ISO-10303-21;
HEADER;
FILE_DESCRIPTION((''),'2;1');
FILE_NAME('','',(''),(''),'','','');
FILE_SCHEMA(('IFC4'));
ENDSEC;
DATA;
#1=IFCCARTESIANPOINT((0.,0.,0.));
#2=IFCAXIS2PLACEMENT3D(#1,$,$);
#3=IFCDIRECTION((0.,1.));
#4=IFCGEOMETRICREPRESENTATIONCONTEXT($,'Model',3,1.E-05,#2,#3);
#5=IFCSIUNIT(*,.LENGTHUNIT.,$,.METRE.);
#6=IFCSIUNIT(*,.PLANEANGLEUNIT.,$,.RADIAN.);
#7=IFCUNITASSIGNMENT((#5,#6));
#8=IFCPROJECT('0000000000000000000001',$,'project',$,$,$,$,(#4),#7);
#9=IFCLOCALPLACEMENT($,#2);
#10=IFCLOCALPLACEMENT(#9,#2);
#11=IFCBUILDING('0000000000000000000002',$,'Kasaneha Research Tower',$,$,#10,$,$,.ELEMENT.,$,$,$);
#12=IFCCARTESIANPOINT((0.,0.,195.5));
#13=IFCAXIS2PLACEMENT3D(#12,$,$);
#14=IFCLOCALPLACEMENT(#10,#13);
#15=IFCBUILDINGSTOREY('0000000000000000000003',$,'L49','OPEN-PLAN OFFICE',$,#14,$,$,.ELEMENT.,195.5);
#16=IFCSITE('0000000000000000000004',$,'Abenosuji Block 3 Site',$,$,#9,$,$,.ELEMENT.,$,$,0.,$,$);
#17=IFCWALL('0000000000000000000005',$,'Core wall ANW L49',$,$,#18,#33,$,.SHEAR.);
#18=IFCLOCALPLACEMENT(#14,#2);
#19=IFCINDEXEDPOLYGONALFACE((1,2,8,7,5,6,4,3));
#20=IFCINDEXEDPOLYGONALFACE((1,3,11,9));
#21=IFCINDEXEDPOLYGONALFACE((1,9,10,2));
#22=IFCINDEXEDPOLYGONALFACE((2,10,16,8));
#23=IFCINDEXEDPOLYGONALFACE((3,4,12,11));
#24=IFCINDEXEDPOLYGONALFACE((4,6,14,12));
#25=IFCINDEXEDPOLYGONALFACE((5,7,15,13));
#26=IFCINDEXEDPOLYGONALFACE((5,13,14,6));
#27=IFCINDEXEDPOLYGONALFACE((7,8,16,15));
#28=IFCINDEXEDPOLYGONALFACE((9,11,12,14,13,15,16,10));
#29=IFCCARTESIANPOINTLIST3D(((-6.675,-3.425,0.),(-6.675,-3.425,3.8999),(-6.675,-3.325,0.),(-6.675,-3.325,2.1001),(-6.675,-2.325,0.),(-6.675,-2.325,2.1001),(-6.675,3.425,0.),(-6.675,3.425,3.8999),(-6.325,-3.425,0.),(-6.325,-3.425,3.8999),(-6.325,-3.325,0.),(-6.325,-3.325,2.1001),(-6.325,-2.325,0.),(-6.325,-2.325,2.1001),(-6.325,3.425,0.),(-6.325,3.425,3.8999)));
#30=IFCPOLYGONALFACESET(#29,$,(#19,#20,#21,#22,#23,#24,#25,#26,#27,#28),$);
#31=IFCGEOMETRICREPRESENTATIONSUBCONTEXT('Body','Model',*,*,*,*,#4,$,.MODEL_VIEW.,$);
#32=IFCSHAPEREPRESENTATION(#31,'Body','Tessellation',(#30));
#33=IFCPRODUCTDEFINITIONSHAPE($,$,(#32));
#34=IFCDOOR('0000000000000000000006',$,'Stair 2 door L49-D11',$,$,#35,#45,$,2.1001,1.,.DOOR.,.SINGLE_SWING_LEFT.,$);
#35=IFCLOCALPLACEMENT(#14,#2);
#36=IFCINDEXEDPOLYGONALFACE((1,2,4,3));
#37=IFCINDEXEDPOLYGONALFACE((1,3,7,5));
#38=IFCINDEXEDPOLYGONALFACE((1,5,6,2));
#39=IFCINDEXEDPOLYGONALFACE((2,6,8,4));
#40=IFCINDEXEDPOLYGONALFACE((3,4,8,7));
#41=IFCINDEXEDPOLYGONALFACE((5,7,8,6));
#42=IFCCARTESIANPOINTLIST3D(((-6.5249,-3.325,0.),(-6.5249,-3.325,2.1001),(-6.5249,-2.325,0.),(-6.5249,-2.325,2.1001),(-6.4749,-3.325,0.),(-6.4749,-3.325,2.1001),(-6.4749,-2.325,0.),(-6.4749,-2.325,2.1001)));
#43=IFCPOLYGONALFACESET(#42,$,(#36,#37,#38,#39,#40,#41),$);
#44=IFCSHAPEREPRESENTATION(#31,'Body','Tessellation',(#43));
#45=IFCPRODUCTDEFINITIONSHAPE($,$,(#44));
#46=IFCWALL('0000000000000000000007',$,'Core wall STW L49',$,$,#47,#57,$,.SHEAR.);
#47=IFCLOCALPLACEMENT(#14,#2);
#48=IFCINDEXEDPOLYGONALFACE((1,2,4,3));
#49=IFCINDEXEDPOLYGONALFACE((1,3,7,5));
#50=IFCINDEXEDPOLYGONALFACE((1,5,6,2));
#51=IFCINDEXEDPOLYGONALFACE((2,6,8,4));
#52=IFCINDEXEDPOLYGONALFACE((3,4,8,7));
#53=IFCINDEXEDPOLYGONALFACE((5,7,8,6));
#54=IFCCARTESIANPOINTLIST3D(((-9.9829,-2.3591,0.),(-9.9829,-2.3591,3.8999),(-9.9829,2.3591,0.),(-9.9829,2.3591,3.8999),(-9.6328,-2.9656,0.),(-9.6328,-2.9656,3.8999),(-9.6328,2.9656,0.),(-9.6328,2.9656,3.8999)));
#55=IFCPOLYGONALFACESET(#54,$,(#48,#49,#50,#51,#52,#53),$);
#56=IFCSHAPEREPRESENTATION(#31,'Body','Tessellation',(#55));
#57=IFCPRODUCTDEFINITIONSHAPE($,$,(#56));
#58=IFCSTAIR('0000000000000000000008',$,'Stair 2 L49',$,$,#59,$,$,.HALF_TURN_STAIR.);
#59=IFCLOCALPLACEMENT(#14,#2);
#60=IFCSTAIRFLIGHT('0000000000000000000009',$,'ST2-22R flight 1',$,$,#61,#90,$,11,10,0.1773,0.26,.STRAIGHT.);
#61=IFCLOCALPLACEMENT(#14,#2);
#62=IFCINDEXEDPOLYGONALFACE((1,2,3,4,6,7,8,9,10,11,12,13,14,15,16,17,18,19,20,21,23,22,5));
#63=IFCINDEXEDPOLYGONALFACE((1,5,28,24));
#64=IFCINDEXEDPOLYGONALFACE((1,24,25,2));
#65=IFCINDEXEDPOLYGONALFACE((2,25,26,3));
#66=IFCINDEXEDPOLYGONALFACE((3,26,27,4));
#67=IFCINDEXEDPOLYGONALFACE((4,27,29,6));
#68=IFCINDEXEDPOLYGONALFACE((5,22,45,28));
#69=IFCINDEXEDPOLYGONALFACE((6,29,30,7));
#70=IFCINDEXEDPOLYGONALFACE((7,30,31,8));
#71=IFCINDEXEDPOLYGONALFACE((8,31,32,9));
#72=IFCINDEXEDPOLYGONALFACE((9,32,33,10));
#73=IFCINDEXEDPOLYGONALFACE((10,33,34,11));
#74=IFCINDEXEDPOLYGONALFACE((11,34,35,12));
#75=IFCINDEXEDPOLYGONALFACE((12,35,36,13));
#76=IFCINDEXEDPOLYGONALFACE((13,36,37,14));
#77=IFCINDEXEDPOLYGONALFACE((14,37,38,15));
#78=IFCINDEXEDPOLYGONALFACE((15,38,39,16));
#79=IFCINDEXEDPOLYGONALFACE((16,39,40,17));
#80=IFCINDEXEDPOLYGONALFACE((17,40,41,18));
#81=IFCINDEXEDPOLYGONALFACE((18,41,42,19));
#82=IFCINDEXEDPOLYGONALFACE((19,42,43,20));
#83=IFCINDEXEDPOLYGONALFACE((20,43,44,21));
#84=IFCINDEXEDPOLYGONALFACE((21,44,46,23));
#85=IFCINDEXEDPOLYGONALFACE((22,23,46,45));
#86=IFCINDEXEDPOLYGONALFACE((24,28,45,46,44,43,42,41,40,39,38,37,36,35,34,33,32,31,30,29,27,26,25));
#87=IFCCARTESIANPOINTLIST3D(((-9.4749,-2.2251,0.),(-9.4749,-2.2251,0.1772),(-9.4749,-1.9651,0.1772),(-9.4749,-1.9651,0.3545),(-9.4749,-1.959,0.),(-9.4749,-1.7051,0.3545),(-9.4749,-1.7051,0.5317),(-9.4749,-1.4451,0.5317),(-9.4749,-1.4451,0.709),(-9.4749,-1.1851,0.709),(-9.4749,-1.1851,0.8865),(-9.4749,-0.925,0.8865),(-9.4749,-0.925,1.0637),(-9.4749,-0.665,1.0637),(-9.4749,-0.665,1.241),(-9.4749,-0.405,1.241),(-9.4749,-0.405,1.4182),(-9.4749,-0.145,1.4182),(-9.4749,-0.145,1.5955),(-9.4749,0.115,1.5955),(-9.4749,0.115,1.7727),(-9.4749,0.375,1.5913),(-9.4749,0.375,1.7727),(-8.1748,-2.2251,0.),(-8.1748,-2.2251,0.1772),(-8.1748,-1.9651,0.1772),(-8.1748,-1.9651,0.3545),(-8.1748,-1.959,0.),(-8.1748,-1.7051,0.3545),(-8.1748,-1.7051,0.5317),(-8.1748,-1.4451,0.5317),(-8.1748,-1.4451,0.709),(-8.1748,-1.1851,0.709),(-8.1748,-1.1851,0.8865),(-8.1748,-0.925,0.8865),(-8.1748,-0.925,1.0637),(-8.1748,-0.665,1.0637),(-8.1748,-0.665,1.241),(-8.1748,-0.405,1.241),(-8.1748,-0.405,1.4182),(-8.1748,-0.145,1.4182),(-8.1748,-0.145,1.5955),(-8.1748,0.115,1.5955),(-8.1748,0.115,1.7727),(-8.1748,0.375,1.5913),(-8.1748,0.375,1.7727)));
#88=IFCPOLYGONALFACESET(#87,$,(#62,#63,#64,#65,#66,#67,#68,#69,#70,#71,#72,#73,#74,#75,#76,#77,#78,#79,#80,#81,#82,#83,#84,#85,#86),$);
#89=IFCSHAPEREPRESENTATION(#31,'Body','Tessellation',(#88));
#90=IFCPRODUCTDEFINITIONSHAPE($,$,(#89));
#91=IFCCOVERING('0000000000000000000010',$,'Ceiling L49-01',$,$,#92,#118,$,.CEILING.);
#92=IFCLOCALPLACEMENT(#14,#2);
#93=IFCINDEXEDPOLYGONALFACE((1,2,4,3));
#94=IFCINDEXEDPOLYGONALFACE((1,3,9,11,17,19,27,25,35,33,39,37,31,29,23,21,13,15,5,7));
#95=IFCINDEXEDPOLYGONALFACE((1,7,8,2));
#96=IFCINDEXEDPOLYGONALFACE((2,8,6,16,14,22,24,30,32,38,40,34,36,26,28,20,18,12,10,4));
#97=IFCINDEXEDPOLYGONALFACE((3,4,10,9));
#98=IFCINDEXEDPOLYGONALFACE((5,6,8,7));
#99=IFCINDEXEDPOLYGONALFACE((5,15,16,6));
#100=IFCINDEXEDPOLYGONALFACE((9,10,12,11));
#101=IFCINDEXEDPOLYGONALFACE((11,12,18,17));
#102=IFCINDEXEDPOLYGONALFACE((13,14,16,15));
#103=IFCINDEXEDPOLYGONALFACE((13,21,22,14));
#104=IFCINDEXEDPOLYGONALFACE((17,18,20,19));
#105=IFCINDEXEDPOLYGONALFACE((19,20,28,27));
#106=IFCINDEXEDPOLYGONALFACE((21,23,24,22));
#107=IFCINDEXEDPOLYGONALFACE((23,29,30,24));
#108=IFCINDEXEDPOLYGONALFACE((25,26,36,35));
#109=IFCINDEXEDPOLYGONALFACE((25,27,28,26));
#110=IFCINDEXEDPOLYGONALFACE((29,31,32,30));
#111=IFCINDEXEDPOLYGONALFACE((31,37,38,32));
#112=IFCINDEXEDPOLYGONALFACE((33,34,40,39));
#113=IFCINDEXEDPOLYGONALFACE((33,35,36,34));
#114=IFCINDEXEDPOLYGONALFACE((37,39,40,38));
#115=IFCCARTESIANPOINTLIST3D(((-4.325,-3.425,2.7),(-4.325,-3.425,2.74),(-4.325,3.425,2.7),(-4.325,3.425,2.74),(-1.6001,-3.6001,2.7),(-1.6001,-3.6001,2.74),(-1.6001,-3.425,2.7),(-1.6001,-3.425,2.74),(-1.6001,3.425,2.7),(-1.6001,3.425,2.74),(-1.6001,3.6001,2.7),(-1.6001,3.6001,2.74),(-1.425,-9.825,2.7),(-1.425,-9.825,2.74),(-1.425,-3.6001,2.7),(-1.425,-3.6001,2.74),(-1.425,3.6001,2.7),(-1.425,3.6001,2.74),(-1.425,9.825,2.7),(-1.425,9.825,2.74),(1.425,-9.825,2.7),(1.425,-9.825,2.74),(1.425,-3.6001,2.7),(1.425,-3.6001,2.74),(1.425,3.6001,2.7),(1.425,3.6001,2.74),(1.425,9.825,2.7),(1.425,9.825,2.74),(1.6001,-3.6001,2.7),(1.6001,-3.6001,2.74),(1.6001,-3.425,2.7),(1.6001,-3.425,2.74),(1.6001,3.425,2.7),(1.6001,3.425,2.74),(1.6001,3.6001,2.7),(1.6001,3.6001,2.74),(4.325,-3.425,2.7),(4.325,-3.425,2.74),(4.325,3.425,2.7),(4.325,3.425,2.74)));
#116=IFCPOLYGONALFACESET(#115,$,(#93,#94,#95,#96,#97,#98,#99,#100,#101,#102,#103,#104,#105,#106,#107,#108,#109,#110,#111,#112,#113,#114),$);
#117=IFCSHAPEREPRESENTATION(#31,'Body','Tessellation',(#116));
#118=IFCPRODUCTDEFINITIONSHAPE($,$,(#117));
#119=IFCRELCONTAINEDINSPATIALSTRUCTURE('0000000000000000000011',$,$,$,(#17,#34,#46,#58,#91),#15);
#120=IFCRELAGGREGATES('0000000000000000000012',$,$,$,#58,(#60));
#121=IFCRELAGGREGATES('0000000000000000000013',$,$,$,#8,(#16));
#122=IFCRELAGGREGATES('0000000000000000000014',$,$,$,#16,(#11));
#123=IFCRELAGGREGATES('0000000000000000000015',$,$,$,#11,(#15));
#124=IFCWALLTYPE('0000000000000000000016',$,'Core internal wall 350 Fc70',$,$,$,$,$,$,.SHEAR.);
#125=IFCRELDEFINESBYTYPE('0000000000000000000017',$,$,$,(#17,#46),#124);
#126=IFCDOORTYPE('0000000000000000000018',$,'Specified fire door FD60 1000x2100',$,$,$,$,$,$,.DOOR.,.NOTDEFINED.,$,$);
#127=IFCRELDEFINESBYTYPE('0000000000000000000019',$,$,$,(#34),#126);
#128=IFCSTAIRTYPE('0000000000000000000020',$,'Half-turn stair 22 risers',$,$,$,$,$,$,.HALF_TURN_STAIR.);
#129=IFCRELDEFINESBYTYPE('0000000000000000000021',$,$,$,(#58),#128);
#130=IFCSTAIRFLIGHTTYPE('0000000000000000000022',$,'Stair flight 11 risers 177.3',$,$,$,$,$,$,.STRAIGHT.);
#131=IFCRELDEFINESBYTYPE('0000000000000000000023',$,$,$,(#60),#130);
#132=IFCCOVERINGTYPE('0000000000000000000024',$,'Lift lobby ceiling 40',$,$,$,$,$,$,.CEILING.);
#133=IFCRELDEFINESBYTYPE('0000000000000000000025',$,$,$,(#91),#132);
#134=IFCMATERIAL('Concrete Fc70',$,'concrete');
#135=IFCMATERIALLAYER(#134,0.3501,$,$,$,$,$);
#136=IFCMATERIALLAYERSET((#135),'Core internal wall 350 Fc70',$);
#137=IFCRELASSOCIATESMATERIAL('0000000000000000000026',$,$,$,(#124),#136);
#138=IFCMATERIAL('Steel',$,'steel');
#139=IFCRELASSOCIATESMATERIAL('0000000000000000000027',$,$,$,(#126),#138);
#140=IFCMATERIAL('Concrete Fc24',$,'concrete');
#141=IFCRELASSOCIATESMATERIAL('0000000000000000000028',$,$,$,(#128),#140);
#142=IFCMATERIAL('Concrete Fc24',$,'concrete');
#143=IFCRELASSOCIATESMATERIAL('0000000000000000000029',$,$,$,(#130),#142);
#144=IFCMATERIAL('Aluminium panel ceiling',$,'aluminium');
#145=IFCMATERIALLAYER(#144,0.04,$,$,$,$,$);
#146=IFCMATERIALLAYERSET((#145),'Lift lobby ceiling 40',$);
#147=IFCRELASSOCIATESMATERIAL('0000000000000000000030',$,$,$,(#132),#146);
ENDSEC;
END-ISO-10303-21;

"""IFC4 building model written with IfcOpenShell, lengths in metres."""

from ifc_helpers import new_model, si_unit, direction, frame, frame_2d, origin, place, context, subcontext, project, spatial, polyline, rectangle, outline, extrude, material, layer, layer_set, type_object, element, fill, aggregate, save


model = new_model("IFC4")

# Units and contexts
model_context = context("Model", 3, precision=1e-05, world=origin(), true_north=direction((0.0, 1.0)))
body_context = subcontext(model_context, "Body", "Model", "MODEL_VIEW")
ifc_project = project(units=[si_unit("LENGTHUNIT", "METRE"), si_unit("PLANEANGLEUNIT", "RADIAN")], contexts=[model_context])

# Site, building, storey
site_placement = place(None, origin())
site = spatial("IfcSite", under=ifc_project, at=site_placement, Name="Abenosuji Block 3 Site", CompositionType="ELEMENT", RefElevation=0.0)
building_placement = place(site_placement, origin())
building = spatial("IfcBuilding", under=site, at=building_placement, Name="Kasaneha Research Tower", CompositionType="ELEMENT")
storey_placement = place(building_placement, frame((0.0, 0.0, 195.5)))
storey = spatial("IfcBuildingStorey", under=building, at=storey_placement, Name="L49", Description="OPEN-PLAN OFFICE", CompositionType="ELEMENT", Elevation=195.5)

# Shared definitions
ifc_material_1 = material(Name="Concrete Fc70", Category="concrete")
ifc_layer_1 = layer(ifc_material_1, 0.3501)
ifc_layer_set_1 = layer_set([ifc_layer_1], Name="Core internal wall 350 Fc70")
wall_type = type_object("IfcWallType", Name="Core internal wall 350 Fc70", PredefinedType="SHEAR", material=ifc_layer_set_1)

# Wall, opening, door
ifc_material_2 = material(Name="Steel", Category="steel")
door_type_1 = type_object("IfcDoorType", Name="Specified fire door FD60 1000x2100", OperationType="NOTDEFINED", PredefinedType="DOOR", material=ifc_material_2)
wall_1_placement = place(storey_placement, frame((-6.5, -3.425, 0.0), z_axis=(0.0, 0.0, 1.0), x_axis=(0.0, 1.0, 0.0)))
wall_1 = element("IfcWall", 1, at=wall_1_placement, inside=storey, type_object=wall_type, Name="Core wall ANW L49", PredefinedType="SHEAR", context=body_context, shape_type="SweptSolid", body=[
    extrude(rectangle(XDim=6.8501, YDim=0.3501, at=frame_2d((3.425, 0.0))), origin(), (0.0, 0.0, 1.0), 3.8999),
])
opening_1_placement = place(wall_1_placement, frame((0.1001, 0.0, 0.0)))
opening_1 = element("IfcOpeningElement", 2, at=opening_1_placement, cuts=wall_1, PredefinedType="OPENING", context=body_context, shape_type="SweptSolid", body=[
    extrude(rectangle(XDim=1.0, YDim=2.1001, at=frame_2d((0.5, 1.05))), frame((0.0, 0.1851, 0.0), z_axis=(0.0, -1.0, 0.0), x_axis=(1.0, 0.0, 0.0)), (0.0, 0.0, 1.0), 0.3701),
])
door_1_placement = place(opening_1_placement, origin())
door_1 = element("IfcDoor", 3, at=door_1_placement, inside=storey, type_object=door_type_1, Name="Stair 2 door L49-D11", OperationType="SINGLE_SWING_LEFT", OverallHeight=2.1001, OverallWidth=1.0, PredefinedType="DOOR", context=body_context, shape_type="SweptSolid", body=[
    extrude(rectangle(XDim=1.0, YDim=2.1001, at=frame_2d((0.5, 1.05))), frame((0.0, 0.0249, 0.0), z_axis=(0.0, -1.0, 0.0), x_axis=(1.0, 0.0, 0.0)), (0.0, 0.0, 1.0), 0.05),
])
fill(opening_1, door_1)

# Wall
wall_2_placement = place(storey_placement, frame((-9.8079, -2.6624, 0.0), z_axis=(0.0, 0.0, 1.0), x_axis=(0.0, 1.0, 0.0)))
element("IfcWall", 4, at=wall_2_placement, inside=storey, type_object=wall_type, Name="Core wall STW L49", PredefinedType="SHEAR", context=body_context, shape_type="SweptSolid", body=[
    extrude(outline(polyline([(-0.3032, -0.175), (5.6279, -0.175), (5.0215, 0.175), (0.3032, 0.175), (-0.3032, -0.175)])), origin(), (0.0, 0.0, 1.0), 3.8999),
])

# Stair, stair flight
ifc_material_3 = material(Name="Concrete Fc24", Category="concrete")
stair_type = type_object("IfcStairType", Name="Half-turn stair 22 risers", PredefinedType="HALF_TURN_STAIR", material=ifc_material_3)
stair_placement = place(storey_placement, origin())
stair = element("IfcStair", 5, at=stair_placement, inside=storey, type_object=stair_type, Name="Stair 2 L49", PredefinedType="HALF_TURN_STAIR")
ifc_material_4 = material(Name="Concrete Fc24", Category="concrete")
stair_flight_type = type_object("IfcStairFlightType", Name="Stair flight 11 risers 177.3", PredefinedType="STRAIGHT", material=ifc_material_4)
stair_flight_placement = place(storey_placement, frame((-8.825, -2.2251, 0.0), z_axis=(0.0, 0.0, 1.0), x_axis=(0.0, 1.0, 0.0)))
stair_flight = element("IfcStairFlight", 6, at=stair_flight_placement, type_object=stair_flight_type, Name="ST2-22R flight 1", NumberOfRisers=11, NumberOfTreads=10, PredefinedType="STRAIGHT", RiserHeight=0.1773, TreadLength=0.26, context=body_context, shape_type="SweptSolid", body=[
    extrude(outline(polyline([(0.0, 0.0), (0.0, 0.1772), (0.26, 0.1772), (0.26, 0.3545), (0.52, 0.3545), (0.52, 0.5317), (0.78, 0.5317), (0.78, 0.709), (1.04, 0.709), (1.04, 0.8865), (1.3, 0.8865), (1.3, 1.0637), (1.5601, 1.0637), (1.5601, 1.241), (1.8201, 1.241), (1.8201, 1.4182), (2.0801, 1.4182), (2.0801, 1.5955), (2.3401, 1.5955), (2.3401, 1.7727), (2.6001, 1.7727), (2.6001, 1.95), (2.6001, 1.5913), (0.2661, 0.0), (0.0, 0.0)])), frame((0.0, 0.6499, 0.0), z_axis=(0.0, -1.0, 0.0), x_axis=(1.0, 0.0, 0.0)), (0.0, 0.0, 1.0), 1.3),
])
aggregate(stair, [stair_flight])

# Covering
ifc_material_5 = material(Name="Aluminium panel ceiling", Category="aluminium")
ifc_layer_2 = layer(ifc_material_5, 0.04)
ifc_layer_set_2 = layer_set([ifc_layer_2], Name="Lift lobby ceiling 40")
covering_type_1 = type_object("IfcCoveringType", Name="Lift lobby ceiling 40", PredefinedType="CEILING", material=ifc_layer_set_2)
covering_1_placement = place(storey_placement, frame((0.0, 0.0, 2.7)))
element("IfcCovering", 7, at=covering_1_placement, inside=storey, type_object=covering_type_1, Name="Ceiling L49-01", PredefinedType="CEILING", context=body_context, shape_type="SweptSolid", body=[
    extrude(outline(polyline([(1.425, 9.825), (1.425, 3.6001), (1.6001, 3.6001), (1.6001, 3.425), (4.325, 3.425), (4.325, -3.425), (1.6001, -3.425), (1.6001, -3.6001), (1.425, -3.6001), (1.425, -9.825), (-1.425, -9.825), (-1.425, -3.6001), (-1.6001, -3.6001), (-1.6001, -3.425), (-4.325, -3.425), (-4.325, 3.425), (-1.6001, 3.425), (-1.6001, 3.6001), (-1.425, 3.6001), (-1.425, 9.825), (1.425, 9.825)])), origin(), (0.0, 0.0, 1.0), 0.04),
])

save(model, "model.ifc")
